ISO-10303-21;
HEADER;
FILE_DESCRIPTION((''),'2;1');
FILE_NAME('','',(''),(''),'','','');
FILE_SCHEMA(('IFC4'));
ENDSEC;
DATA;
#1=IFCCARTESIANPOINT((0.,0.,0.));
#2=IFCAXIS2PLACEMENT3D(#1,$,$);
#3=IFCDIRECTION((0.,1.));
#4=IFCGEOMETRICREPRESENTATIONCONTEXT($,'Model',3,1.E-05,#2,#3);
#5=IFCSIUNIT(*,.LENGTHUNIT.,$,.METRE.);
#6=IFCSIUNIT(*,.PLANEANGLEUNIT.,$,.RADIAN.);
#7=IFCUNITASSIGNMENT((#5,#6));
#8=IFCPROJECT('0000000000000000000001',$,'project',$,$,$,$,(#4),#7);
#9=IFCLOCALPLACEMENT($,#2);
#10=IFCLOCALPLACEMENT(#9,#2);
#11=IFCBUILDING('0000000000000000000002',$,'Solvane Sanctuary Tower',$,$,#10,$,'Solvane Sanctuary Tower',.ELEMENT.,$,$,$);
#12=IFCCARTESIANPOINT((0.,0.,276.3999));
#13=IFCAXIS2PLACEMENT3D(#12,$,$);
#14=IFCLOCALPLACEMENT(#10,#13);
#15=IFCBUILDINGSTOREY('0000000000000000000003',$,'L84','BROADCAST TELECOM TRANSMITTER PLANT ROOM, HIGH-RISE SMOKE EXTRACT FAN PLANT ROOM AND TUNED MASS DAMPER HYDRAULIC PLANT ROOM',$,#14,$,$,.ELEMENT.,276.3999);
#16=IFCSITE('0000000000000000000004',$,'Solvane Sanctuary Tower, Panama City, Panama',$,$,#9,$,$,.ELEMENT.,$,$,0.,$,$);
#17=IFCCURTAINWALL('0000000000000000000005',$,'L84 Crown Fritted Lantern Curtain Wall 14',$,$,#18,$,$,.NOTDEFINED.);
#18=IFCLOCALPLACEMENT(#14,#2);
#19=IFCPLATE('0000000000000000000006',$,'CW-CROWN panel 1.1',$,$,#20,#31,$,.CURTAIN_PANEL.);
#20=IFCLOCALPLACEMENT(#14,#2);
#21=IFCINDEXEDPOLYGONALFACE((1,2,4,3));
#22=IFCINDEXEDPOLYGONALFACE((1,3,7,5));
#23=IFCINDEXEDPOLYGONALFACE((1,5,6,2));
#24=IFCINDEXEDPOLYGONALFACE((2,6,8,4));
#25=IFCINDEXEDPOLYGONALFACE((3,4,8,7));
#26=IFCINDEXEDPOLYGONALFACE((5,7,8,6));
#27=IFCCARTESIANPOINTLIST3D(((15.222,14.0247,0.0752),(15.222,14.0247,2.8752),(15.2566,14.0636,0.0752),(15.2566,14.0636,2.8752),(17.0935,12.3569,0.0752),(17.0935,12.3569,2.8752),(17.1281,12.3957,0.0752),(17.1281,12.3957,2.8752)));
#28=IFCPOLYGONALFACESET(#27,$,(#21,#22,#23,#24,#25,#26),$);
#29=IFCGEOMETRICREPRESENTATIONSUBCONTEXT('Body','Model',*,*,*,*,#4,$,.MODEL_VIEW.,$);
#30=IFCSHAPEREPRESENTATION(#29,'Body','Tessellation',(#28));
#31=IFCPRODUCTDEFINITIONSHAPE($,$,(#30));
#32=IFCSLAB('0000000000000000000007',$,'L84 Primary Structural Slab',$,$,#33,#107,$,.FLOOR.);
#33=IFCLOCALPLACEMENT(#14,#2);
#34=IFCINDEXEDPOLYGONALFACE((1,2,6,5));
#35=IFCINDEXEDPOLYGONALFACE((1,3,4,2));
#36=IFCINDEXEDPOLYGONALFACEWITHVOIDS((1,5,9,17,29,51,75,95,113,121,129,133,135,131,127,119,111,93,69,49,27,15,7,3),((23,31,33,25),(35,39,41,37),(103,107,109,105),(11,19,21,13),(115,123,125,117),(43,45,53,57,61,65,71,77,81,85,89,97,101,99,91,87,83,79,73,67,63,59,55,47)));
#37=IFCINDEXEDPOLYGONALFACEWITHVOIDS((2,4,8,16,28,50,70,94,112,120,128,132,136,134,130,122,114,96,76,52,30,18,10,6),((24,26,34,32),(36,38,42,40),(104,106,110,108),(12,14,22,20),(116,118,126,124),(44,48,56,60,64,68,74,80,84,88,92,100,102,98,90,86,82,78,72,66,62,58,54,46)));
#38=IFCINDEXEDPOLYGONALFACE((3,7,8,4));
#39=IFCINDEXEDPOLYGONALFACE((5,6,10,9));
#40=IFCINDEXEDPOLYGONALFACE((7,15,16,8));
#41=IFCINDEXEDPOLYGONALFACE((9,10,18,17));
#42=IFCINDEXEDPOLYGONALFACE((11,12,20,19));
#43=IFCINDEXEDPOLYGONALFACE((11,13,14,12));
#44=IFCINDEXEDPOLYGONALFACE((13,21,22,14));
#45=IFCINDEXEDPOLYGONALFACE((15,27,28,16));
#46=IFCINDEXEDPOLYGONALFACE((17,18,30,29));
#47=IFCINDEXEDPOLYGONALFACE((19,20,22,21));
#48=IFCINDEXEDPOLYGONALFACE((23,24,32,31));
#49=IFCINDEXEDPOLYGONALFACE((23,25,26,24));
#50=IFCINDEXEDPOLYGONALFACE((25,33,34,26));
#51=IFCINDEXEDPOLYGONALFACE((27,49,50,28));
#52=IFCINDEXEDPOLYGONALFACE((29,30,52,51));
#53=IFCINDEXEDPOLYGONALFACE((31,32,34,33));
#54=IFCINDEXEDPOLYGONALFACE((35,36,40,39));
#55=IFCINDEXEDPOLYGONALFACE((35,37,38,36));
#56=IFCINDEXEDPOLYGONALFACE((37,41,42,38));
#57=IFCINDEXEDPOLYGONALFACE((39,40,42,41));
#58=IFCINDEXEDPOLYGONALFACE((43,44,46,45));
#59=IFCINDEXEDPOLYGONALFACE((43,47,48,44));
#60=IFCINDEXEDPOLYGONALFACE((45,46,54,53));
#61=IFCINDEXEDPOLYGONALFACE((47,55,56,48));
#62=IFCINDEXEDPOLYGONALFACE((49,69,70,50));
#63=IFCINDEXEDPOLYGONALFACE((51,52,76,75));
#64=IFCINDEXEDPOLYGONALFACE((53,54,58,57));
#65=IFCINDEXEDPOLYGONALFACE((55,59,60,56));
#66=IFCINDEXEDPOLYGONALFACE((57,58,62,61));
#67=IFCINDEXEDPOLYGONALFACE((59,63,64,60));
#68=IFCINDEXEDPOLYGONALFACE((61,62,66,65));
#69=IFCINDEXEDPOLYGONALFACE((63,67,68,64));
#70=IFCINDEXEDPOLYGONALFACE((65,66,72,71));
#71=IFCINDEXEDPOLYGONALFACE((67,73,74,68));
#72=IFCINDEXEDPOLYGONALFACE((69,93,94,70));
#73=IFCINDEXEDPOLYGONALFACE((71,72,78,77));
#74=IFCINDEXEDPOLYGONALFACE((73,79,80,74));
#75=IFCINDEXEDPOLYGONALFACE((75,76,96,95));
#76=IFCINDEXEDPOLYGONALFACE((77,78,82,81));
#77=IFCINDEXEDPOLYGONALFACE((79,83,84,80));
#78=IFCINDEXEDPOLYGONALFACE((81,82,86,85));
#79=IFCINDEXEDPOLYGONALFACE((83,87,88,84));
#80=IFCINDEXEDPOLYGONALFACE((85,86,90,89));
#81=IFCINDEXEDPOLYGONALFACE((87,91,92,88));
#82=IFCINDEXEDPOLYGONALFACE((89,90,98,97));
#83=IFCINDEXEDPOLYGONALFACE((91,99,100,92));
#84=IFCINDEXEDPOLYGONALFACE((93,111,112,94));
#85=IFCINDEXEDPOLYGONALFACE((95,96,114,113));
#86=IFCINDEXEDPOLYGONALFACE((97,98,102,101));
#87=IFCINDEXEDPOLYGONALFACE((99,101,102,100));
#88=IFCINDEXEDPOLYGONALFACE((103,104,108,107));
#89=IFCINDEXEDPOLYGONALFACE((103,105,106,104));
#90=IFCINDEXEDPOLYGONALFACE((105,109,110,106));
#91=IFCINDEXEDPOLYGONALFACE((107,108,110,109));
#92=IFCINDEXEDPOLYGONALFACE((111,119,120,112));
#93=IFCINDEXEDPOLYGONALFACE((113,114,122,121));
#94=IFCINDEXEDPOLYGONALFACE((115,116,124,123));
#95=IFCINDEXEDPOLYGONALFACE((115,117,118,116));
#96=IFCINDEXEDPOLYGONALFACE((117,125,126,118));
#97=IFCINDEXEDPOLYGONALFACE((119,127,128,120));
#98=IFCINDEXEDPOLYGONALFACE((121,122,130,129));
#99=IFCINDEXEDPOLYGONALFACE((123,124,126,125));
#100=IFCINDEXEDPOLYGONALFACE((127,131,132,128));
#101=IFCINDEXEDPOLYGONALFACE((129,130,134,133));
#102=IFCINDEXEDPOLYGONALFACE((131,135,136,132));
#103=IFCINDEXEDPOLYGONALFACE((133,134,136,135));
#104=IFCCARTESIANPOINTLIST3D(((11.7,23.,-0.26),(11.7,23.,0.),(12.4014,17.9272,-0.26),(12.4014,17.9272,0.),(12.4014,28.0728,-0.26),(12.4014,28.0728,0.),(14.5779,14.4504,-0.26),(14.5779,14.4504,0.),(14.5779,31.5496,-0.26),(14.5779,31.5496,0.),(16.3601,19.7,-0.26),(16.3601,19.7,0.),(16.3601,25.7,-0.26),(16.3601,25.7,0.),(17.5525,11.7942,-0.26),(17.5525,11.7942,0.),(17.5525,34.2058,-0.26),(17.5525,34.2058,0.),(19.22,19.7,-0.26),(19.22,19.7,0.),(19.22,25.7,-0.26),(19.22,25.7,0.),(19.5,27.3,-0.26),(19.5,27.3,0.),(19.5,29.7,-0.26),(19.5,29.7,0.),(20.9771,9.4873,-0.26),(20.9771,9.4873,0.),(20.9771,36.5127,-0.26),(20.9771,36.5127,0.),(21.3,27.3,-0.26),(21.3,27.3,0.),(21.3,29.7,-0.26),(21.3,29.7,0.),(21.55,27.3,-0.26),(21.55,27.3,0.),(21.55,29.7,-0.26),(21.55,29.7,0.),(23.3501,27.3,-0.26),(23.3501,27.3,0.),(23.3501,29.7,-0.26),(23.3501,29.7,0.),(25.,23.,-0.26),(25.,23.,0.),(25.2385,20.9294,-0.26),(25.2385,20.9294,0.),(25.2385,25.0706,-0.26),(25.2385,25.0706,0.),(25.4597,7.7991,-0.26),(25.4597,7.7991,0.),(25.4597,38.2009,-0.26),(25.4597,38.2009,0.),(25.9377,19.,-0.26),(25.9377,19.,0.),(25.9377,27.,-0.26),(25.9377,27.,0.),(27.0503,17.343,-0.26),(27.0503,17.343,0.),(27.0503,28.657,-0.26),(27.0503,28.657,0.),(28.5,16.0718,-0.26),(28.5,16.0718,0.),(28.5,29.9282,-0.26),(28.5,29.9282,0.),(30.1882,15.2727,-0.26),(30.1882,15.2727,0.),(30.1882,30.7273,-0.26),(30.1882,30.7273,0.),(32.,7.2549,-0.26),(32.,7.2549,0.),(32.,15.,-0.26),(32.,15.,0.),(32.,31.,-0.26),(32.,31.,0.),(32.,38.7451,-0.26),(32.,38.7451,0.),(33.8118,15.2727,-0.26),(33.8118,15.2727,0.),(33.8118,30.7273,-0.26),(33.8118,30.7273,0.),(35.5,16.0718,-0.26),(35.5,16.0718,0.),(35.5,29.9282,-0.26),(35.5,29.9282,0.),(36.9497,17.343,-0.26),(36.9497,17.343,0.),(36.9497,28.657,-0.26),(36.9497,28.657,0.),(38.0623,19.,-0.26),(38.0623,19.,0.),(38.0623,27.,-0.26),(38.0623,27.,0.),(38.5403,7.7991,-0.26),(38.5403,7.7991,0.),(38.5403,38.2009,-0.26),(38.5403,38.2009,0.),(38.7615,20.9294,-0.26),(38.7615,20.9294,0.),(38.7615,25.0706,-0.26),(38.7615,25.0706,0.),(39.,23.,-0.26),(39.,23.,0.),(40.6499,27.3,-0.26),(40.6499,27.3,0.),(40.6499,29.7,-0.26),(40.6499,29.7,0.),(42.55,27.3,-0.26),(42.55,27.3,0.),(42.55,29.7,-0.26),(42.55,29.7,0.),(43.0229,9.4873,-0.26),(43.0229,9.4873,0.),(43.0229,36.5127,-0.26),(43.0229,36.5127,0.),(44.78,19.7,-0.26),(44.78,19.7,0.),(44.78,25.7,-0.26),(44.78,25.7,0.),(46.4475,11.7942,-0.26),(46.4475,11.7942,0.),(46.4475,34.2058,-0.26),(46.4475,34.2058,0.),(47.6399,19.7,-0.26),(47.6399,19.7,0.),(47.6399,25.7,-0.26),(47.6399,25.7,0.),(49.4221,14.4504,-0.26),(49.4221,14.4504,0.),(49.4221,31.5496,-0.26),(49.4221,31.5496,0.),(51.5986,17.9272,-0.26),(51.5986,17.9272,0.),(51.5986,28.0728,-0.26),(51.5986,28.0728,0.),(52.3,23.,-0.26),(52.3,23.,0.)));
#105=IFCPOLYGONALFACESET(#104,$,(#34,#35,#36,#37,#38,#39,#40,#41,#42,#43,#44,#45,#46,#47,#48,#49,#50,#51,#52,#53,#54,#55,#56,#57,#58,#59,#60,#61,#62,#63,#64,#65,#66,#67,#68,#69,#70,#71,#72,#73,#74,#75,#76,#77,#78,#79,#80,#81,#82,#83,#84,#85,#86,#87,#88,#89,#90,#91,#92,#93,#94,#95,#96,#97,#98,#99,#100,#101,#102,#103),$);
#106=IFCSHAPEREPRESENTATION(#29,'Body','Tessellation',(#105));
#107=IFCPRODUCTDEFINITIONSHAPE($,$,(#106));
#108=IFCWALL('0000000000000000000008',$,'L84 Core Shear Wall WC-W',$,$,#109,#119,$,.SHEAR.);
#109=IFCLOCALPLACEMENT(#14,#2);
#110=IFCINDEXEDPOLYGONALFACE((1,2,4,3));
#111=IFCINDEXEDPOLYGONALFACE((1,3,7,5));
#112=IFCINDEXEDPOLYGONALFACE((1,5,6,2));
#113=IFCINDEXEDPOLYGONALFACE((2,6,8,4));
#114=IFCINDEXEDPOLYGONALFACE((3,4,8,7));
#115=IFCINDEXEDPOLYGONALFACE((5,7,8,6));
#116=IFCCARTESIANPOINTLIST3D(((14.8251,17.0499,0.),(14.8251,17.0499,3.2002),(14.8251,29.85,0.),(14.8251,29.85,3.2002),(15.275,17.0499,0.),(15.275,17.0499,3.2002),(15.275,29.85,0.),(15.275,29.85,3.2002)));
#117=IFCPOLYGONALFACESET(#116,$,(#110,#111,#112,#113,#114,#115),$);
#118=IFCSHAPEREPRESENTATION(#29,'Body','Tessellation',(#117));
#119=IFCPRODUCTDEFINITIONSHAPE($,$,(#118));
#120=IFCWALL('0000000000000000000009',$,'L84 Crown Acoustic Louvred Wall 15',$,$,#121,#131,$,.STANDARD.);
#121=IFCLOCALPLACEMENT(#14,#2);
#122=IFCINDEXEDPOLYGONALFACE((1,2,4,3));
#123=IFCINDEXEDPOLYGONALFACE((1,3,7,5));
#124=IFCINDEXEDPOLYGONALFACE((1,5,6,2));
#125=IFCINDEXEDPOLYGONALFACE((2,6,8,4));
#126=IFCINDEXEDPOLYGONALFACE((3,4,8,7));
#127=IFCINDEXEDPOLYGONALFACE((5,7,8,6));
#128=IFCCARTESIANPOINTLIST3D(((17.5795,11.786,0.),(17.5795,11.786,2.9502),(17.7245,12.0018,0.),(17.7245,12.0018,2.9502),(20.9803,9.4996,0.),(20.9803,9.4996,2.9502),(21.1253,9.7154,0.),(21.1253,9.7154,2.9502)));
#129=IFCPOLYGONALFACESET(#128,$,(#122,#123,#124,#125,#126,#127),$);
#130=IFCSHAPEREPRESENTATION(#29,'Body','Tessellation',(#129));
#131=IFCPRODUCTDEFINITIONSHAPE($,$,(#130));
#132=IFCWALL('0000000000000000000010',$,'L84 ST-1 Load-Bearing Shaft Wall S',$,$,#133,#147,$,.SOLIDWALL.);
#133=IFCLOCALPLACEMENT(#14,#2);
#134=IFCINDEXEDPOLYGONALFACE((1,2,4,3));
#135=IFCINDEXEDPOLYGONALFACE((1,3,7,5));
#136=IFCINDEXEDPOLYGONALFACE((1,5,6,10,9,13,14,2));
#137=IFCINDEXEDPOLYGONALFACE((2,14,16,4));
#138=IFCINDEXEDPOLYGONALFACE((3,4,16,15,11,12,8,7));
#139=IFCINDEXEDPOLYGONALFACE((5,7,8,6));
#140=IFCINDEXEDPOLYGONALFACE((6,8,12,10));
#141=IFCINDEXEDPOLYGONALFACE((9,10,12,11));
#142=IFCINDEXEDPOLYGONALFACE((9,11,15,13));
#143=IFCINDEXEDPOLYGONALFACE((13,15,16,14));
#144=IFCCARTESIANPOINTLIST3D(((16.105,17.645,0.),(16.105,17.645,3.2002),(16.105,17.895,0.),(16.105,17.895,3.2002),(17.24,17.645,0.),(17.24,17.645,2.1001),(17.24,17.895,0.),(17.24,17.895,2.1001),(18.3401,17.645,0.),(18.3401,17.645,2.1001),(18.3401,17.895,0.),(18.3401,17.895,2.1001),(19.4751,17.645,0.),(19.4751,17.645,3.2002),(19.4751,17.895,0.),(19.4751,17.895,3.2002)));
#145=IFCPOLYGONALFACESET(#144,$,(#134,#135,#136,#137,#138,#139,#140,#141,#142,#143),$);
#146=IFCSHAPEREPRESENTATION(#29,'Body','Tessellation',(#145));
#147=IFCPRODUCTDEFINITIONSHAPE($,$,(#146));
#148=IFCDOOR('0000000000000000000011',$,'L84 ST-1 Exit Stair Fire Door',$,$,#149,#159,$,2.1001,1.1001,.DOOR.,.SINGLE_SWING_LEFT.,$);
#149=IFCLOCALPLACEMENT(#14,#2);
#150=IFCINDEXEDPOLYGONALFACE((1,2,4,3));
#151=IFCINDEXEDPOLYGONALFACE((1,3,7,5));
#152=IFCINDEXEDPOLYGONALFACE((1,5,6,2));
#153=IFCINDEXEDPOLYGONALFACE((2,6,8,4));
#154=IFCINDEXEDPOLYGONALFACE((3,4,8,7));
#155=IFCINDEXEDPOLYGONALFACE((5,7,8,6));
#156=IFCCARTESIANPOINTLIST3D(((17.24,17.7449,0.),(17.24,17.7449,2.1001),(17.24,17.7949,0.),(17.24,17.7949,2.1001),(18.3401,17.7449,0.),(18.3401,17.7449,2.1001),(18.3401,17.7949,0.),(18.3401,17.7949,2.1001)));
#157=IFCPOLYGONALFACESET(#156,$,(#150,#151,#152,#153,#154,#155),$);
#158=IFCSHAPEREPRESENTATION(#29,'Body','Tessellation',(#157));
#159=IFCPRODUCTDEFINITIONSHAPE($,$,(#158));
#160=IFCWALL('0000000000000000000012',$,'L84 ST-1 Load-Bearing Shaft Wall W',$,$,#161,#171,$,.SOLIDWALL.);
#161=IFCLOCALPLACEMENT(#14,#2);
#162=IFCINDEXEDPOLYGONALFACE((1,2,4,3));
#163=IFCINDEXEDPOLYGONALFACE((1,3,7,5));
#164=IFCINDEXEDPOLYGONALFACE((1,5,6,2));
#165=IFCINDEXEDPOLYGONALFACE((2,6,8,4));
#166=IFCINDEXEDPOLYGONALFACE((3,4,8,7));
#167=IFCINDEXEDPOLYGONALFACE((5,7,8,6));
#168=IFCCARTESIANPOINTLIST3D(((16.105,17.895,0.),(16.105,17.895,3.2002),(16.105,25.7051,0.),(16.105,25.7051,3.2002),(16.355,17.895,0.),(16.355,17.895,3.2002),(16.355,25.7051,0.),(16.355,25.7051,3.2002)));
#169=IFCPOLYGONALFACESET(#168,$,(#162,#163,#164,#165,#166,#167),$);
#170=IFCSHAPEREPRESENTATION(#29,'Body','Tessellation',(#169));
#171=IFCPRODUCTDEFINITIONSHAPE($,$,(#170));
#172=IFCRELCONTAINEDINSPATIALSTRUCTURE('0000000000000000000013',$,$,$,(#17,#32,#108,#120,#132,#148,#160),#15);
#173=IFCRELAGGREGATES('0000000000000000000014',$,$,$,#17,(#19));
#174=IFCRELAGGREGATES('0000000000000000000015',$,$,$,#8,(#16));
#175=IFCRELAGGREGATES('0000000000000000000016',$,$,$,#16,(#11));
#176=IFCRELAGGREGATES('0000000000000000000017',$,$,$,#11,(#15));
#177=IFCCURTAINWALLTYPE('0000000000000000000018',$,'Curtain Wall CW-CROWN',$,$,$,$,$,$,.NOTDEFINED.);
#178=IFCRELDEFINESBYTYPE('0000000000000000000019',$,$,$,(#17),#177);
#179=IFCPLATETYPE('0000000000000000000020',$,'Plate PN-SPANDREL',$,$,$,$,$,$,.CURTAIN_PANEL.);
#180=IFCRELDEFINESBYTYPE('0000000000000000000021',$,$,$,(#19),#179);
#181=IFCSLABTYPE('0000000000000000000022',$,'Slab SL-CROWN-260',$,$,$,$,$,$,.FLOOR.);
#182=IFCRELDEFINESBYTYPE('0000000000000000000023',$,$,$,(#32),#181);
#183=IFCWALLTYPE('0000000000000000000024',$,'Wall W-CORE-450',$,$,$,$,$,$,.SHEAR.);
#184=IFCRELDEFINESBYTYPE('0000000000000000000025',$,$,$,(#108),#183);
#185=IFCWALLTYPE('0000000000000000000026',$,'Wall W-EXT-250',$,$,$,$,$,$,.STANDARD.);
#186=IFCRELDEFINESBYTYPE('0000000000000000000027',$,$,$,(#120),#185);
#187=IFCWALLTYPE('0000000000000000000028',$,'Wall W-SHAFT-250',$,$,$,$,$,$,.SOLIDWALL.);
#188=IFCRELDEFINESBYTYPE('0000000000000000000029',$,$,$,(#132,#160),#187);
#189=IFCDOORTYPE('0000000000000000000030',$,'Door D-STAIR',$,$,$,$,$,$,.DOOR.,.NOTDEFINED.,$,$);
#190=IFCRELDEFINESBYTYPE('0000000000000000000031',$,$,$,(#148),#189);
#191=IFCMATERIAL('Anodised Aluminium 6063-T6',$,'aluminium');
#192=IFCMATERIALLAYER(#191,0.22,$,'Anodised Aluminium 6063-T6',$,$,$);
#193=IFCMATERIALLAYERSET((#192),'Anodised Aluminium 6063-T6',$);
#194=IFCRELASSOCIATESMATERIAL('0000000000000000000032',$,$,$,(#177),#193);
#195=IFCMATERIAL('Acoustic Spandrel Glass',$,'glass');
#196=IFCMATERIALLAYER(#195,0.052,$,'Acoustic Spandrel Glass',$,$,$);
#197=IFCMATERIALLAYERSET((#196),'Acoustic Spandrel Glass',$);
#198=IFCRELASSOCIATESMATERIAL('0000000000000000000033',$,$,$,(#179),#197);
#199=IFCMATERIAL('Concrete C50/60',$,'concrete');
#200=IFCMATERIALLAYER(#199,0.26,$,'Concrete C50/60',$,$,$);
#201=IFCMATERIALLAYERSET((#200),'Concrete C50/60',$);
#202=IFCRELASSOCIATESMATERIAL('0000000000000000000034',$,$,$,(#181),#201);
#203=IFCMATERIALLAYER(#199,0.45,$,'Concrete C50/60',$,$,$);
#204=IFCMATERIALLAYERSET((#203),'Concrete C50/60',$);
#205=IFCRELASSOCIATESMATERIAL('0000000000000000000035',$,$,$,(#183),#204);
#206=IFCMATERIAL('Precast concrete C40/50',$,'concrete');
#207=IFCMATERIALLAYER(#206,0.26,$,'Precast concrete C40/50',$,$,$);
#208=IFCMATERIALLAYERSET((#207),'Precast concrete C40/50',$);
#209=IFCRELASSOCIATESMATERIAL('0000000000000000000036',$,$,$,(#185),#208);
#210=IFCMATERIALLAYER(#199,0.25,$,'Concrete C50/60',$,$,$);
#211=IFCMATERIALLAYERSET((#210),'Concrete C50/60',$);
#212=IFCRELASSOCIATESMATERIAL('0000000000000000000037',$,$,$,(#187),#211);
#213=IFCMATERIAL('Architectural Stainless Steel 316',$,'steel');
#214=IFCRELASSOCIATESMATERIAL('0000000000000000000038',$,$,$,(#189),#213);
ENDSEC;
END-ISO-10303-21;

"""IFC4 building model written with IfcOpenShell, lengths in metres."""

from ifc_helpers import new_model, si_unit, direction, frame, frame_2d, origin, origin_2d, place, context, subcontext, project, spatial, polyline, rectangle, outline, extrude, material, layer, layer_set, type_object, element, fill, aggregate, save


model = new_model("IFC4")

# Units and contexts
model_context = context("Model", 3, precision=1e-05, world=origin(), true_north=direction((0.0, 1.0)))
body_context = subcontext(model_context, "Body", "Model", "MODEL_VIEW")
ifc_project = project(units=[si_unit("LENGTHUNIT", "METRE"), si_unit("PLANEANGLEUNIT", "RADIAN")], contexts=[model_context])

# Site, building, storey
site_placement = place(None, origin())
site = spatial("IfcSite", under=ifc_project, at=site_placement, Name="Solvane Sanctuary Tower, Panama City, Panama", CompositionType="ELEMENT", RefElevation=0.0)
building_placement = place(site_placement, origin())
building = spatial("IfcBuilding", under=site, at=building_placement, Name="Solvane Sanctuary Tower", LongName="Solvane Sanctuary Tower", CompositionType="ELEMENT")
storey_placement = place(building_placement, frame((0.0, 0.0, 276.3999)))
storey = spatial("IfcBuildingStorey", under=building, at=storey_placement, Name="L84", Description="BROADCAST TELECOM TRANSMITTER PLANT ROOM, HIGH-RISE SMOKE EXTRACT FAN PLANT ROOM AND TUNED MASS DAMPER HYDRAULIC PLANT ROOM", CompositionType="ELEMENT", Elevation=276.3999)

# Curtain wall
ifc_material_1 = material(Name="Anodised Aluminium 6063-T6", Category="aluminium")
ifc_layer_1 = layer(ifc_material_1, 0.22, Name="Anodised Aluminium 6063-T6")
ifc_layer_set_1 = layer_set([ifc_layer_1], Name="Anodised Aluminium 6063-T6")
curtain_wall_type = type_object("IfcCurtainWallType", Name="Curtain Wall CW-CROWN", PredefinedType="NOTDEFINED", material=ifc_layer_set_1)
curtain_wall_1_placement = place(storey_placement, origin())
curtain_wall_1 = element("IfcCurtainWall", 1, at=curtain_wall_1_placement, inside=storey, type_object=curtain_wall_type, Name="L84 Crown Fritted Lantern Curtain Wall 14", PredefinedType="NOTDEFINED")

# Plate
ifc_material_2 = material(Name="Acoustic Spandrel Glass", Category="glass")
ifc_layer_2 = layer(ifc_material_2, 0.052, Name="Acoustic Spandrel Glass")
ifc_layer_set_2 = layer_set([ifc_layer_2], Name="Acoustic Spandrel Glass")
plate_type = type_object("IfcPlateType", Name="Plate PN-SPANDREL", PredefinedType="CURTAIN_PANEL", material=ifc_layer_set_2)
plate_1_placement = place(storey_placement, frame((16.175, 13.2102, 0.0752), z_axis=(0.0, 0.0, 1.0), x_axis=(0.746551, -0.665328, 0.0)))
plate_1 = element("IfcPlate", 2, at=plate_1_placement, type_object=plate_type, Name="CW-CROWN panel 1.1", PredefinedType="CURTAIN_PANEL", context=body_context, shape_type="SweptSolid", body=[
    extrude(rectangle(XDim=2.5068, YDim=0.052, at=origin_2d()), origin(), (0.0, 0.0, 1.0), 2.8),
])
aggregate(curtain_wall_1, [plate_1])

# Slab
ifc_material_3 = material(Name="Concrete C50/60", Category="concrete")
ifc_layer_3 = layer(ifc_material_3, 0.26, Name="Concrete C50/60")
ifc_layer_set_3 = layer_set([ifc_layer_3], Name="Concrete C50/60")
slab_type = type_object("IfcSlabType", Name="Slab SL-CROWN-260", PredefinedType="FLOOR", material=ifc_layer_set_3)
slab_placement = place(storey_placement, frame((0.0, 0.0, -0.26)))
element("IfcSlab", 3, at=slab_placement, inside=storey, type_object=slab_type, Name="L84 Primary Structural Slab", PredefinedType="FLOOR", context=body_context, shape_type="SweptSolid", body=[
    extrude(outline(polyline([(52.3, 23.0), (51.5986, 28.0728), (49.4221, 31.5496), (46.4475, 34.2058), (43.0229, 36.5127), (38.5403, 38.2009), (32.0, 38.7451), (25.4597, 38.2009), (20.9771, 36.5127), (17.5525, 34.2058), (14.5779, 31.5496), (12.4014, 28.0728), (11.7, 23.0), (12.4014, 17.9272), (14.5779, 14.4504), (17.5525, 11.7942), (20.9771, 9.4873), (25.4597, 7.7991), (32.0, 7.2549), (38.5403, 7.7991), (43.0229, 9.4873), (46.4475, 11.7942), (49.4221, 14.4504), (51.5986, 17.9272), (52.3, 23.0)]), holes=[polyline([(38.7615, 20.9294), (38.0623, 19.0), (36.9497, 17.343), (35.5, 16.0718), (33.8118, 15.2727), (32.0, 15.0), (30.1882, 15.2727), (28.5, 16.0718), (27.0503, 17.343), (25.9377, 19.0), (25.2385, 20.9294), (25.0, 23.0), (25.2385, 25.0706), (25.9377, 27.0), (27.0503, 28.657), (28.5, 29.9282), (30.1882, 30.7273), (32.0, 31.0), (33.8118, 30.7273), (35.5, 29.9282), (36.9497, 28.657), (38.0623, 27.0), (38.7615, 25.0706), (39.0, 23.0), (38.7615, 20.9294)]), polyline([(16.3601, 19.7), (16.3601, 25.7), (19.22, 25.7), (19.22, 19.7), (16.3601, 19.7)]), polyline([(44.78, 19.7), (44.78, 25.7), (47.6399, 25.7), (47.6399, 19.7), (44.78, 19.7)]), polyline([(19.5, 29.7), (21.3, 29.7), (21.3, 27.3), (19.5, 27.3), (19.5, 29.7)]), polyline([(21.55, 29.7), (23.3501, 29.7), (23.3501, 27.3), (21.55, 27.3), (21.55, 29.7)]), polyline([(40.6499, 29.7), (42.55, 29.7), (42.55, 27.3), (40.6499, 27.3), (40.6499, 29.7)])]), origin(), (0.0, 0.0, 1.0), 0.26),
])

# Walls
ifc_layer_4 = layer(ifc_material_3, 0.45, Name="Concrete C50/60")
ifc_layer_set_4 = layer_set([ifc_layer_4], Name="Concrete C50/60")
wall_type_1 = type_object("IfcWallType", Name="Wall W-CORE-450", PredefinedType="SHEAR", material=ifc_layer_set_4)
wall_1_placement = place(storey_placement, frame((15.05, 17.05, 0.0), z_axis=(0.0, 0.0, 1.0), x_axis=(0.0, 1.0, 0.0)))
element("IfcWall", 4, at=wall_1_placement, inside=storey, type_object=wall_type_1, Name="L84 Core Shear Wall WC-W", PredefinedType="SHEAR", context=body_context, shape_type="SweptSolid", body=[
    extrude(rectangle(XDim=12.8, YDim=0.45, at=frame_2d((6.3999, 0.0))), origin(), (0.0, 0.0, 1.0), 3.2002),
])
ifc_material_4 = material(Name="Precast concrete C40/50", Category="concrete")
ifc_layer_5 = layer(ifc_material_4, 0.26, Name="Precast concrete C40/50")
ifc_layer_set_5 = layer_set([ifc_layer_5], Name="Precast concrete C40/50")
wall_type_2 = type_object("IfcWallType", Name="Wall W-EXT-250", PredefinedType="STANDARD", material=ifc_layer_set_5)
wall_2_placement = place(storey_placement, frame((17.6521, 11.8938, 0.0), z_axis=(0.0, 0.0, 1.0), x_axis=(0.82989, -0.557927, 0.0)))
element("IfcWall", 5, at=wall_2_placement, inside=storey, type_object=wall_type_2, Name="L84 Crown Acoustic Louvred Wall 15", PredefinedType="STANDARD", context=body_context, shape_type="SweptSolid", body=[
    extrude(rectangle(XDim=4.0979, YDim=0.26, at=frame_2d((2.0488, 0.0))), origin(), (0.0, 0.0, 1.0), 2.9502),
])

# Wall, opening, door
ifc_layer_6 = layer(ifc_material_3, 0.25, Name="Concrete C50/60")
ifc_layer_set_6 = layer_set([ifc_layer_6], Name="Concrete C50/60")
wall_type_3 = type_object("IfcWallType", Name="Wall W-SHAFT-250", PredefinedType="SOLIDWALL", material=ifc_layer_set_6)
wall_3_placement = place(storey_placement, frame((16.105, 17.77, 0.0), z_axis=(0.0, 0.0, 1.0), x_axis=(1.0, 0.0, 0.0)))
wall_3 = element("IfcWall", 6, at=wall_3_placement, inside=storey, type_object=wall_type_3, Name="L84 ST-1 Load-Bearing Shaft Wall S", PredefinedType="SOLIDWALL", context=body_context, shape_type="SweptSolid", body=[
    extrude(rectangle(XDim=3.3701, YDim=0.25, at=frame_2d((1.6851, 0.0))), origin(), (0.0, 0.0, 1.0), 3.2002),
])
opening_placement = place(wall_3_placement, frame((1.135, 0.0, 0.0)))
opening = element("IfcOpeningElement", 7, at=opening_placement, cuts=wall_3, PredefinedType="OPENING", context=body_context, shape_type="SweptSolid", body=[
    extrude(rectangle(XDim=1.1001, YDim=2.1001, at=frame_2d((0.55, 1.05))), frame((0.0, 0.135, 0.0), z_axis=(0.0, -1.0, 0.0), x_axis=(1.0, 0.0, 0.0)), (0.0, 0.0, 1.0), 0.27),
])
ifc_material_5 = material(Name="Architectural Stainless Steel 316", Category="steel")
door_type = type_object("IfcDoorType", Name="Door D-STAIR", OperationType="NOTDEFINED", PredefinedType="DOOR", material=ifc_material_5)
door_placement = place(opening_placement, origin())
door = element("IfcDoor", 8, at=door_placement, inside=storey, type_object=door_type, Name="L84 ST-1 Exit Stair Fire Door", OperationType="SINGLE_SWING_LEFT", OverallHeight=2.1001, OverallWidth=1.1001, PredefinedType="DOOR", context=body_context, shape_type="SweptSolid", body=[
    extrude(rectangle(XDim=1.1001, YDim=2.1001, at=frame_2d((0.55, 1.05))), frame((0.0, 0.0249, 0.0), z_axis=(0.0, -1.0, 0.0), x_axis=(1.0, 0.0, 0.0)), (0.0, 0.0, 1.0), 0.05),
])
fill(opening, door)

# Wall
wall_4_placement = place(storey_placement, frame((16.23, 17.895, 0.0), z_axis=(0.0, 0.0, 1.0), x_axis=(0.0, 1.0, 0.0)))
element("IfcWall", 9, at=wall_4_placement, inside=storey, type_object=wall_type_3, Name="L84 ST-1 Load-Bearing Shaft Wall W", PredefinedType="SOLIDWALL", context=body_context, shape_type="SweptSolid", body=[
    extrude(rectangle(XDim=7.8101, YDim=0.25, at=frame_2d((3.905, 0.0))), origin(), (0.0, 0.0, 1.0), 3.2002),
])

save(model, "model.ifc")
